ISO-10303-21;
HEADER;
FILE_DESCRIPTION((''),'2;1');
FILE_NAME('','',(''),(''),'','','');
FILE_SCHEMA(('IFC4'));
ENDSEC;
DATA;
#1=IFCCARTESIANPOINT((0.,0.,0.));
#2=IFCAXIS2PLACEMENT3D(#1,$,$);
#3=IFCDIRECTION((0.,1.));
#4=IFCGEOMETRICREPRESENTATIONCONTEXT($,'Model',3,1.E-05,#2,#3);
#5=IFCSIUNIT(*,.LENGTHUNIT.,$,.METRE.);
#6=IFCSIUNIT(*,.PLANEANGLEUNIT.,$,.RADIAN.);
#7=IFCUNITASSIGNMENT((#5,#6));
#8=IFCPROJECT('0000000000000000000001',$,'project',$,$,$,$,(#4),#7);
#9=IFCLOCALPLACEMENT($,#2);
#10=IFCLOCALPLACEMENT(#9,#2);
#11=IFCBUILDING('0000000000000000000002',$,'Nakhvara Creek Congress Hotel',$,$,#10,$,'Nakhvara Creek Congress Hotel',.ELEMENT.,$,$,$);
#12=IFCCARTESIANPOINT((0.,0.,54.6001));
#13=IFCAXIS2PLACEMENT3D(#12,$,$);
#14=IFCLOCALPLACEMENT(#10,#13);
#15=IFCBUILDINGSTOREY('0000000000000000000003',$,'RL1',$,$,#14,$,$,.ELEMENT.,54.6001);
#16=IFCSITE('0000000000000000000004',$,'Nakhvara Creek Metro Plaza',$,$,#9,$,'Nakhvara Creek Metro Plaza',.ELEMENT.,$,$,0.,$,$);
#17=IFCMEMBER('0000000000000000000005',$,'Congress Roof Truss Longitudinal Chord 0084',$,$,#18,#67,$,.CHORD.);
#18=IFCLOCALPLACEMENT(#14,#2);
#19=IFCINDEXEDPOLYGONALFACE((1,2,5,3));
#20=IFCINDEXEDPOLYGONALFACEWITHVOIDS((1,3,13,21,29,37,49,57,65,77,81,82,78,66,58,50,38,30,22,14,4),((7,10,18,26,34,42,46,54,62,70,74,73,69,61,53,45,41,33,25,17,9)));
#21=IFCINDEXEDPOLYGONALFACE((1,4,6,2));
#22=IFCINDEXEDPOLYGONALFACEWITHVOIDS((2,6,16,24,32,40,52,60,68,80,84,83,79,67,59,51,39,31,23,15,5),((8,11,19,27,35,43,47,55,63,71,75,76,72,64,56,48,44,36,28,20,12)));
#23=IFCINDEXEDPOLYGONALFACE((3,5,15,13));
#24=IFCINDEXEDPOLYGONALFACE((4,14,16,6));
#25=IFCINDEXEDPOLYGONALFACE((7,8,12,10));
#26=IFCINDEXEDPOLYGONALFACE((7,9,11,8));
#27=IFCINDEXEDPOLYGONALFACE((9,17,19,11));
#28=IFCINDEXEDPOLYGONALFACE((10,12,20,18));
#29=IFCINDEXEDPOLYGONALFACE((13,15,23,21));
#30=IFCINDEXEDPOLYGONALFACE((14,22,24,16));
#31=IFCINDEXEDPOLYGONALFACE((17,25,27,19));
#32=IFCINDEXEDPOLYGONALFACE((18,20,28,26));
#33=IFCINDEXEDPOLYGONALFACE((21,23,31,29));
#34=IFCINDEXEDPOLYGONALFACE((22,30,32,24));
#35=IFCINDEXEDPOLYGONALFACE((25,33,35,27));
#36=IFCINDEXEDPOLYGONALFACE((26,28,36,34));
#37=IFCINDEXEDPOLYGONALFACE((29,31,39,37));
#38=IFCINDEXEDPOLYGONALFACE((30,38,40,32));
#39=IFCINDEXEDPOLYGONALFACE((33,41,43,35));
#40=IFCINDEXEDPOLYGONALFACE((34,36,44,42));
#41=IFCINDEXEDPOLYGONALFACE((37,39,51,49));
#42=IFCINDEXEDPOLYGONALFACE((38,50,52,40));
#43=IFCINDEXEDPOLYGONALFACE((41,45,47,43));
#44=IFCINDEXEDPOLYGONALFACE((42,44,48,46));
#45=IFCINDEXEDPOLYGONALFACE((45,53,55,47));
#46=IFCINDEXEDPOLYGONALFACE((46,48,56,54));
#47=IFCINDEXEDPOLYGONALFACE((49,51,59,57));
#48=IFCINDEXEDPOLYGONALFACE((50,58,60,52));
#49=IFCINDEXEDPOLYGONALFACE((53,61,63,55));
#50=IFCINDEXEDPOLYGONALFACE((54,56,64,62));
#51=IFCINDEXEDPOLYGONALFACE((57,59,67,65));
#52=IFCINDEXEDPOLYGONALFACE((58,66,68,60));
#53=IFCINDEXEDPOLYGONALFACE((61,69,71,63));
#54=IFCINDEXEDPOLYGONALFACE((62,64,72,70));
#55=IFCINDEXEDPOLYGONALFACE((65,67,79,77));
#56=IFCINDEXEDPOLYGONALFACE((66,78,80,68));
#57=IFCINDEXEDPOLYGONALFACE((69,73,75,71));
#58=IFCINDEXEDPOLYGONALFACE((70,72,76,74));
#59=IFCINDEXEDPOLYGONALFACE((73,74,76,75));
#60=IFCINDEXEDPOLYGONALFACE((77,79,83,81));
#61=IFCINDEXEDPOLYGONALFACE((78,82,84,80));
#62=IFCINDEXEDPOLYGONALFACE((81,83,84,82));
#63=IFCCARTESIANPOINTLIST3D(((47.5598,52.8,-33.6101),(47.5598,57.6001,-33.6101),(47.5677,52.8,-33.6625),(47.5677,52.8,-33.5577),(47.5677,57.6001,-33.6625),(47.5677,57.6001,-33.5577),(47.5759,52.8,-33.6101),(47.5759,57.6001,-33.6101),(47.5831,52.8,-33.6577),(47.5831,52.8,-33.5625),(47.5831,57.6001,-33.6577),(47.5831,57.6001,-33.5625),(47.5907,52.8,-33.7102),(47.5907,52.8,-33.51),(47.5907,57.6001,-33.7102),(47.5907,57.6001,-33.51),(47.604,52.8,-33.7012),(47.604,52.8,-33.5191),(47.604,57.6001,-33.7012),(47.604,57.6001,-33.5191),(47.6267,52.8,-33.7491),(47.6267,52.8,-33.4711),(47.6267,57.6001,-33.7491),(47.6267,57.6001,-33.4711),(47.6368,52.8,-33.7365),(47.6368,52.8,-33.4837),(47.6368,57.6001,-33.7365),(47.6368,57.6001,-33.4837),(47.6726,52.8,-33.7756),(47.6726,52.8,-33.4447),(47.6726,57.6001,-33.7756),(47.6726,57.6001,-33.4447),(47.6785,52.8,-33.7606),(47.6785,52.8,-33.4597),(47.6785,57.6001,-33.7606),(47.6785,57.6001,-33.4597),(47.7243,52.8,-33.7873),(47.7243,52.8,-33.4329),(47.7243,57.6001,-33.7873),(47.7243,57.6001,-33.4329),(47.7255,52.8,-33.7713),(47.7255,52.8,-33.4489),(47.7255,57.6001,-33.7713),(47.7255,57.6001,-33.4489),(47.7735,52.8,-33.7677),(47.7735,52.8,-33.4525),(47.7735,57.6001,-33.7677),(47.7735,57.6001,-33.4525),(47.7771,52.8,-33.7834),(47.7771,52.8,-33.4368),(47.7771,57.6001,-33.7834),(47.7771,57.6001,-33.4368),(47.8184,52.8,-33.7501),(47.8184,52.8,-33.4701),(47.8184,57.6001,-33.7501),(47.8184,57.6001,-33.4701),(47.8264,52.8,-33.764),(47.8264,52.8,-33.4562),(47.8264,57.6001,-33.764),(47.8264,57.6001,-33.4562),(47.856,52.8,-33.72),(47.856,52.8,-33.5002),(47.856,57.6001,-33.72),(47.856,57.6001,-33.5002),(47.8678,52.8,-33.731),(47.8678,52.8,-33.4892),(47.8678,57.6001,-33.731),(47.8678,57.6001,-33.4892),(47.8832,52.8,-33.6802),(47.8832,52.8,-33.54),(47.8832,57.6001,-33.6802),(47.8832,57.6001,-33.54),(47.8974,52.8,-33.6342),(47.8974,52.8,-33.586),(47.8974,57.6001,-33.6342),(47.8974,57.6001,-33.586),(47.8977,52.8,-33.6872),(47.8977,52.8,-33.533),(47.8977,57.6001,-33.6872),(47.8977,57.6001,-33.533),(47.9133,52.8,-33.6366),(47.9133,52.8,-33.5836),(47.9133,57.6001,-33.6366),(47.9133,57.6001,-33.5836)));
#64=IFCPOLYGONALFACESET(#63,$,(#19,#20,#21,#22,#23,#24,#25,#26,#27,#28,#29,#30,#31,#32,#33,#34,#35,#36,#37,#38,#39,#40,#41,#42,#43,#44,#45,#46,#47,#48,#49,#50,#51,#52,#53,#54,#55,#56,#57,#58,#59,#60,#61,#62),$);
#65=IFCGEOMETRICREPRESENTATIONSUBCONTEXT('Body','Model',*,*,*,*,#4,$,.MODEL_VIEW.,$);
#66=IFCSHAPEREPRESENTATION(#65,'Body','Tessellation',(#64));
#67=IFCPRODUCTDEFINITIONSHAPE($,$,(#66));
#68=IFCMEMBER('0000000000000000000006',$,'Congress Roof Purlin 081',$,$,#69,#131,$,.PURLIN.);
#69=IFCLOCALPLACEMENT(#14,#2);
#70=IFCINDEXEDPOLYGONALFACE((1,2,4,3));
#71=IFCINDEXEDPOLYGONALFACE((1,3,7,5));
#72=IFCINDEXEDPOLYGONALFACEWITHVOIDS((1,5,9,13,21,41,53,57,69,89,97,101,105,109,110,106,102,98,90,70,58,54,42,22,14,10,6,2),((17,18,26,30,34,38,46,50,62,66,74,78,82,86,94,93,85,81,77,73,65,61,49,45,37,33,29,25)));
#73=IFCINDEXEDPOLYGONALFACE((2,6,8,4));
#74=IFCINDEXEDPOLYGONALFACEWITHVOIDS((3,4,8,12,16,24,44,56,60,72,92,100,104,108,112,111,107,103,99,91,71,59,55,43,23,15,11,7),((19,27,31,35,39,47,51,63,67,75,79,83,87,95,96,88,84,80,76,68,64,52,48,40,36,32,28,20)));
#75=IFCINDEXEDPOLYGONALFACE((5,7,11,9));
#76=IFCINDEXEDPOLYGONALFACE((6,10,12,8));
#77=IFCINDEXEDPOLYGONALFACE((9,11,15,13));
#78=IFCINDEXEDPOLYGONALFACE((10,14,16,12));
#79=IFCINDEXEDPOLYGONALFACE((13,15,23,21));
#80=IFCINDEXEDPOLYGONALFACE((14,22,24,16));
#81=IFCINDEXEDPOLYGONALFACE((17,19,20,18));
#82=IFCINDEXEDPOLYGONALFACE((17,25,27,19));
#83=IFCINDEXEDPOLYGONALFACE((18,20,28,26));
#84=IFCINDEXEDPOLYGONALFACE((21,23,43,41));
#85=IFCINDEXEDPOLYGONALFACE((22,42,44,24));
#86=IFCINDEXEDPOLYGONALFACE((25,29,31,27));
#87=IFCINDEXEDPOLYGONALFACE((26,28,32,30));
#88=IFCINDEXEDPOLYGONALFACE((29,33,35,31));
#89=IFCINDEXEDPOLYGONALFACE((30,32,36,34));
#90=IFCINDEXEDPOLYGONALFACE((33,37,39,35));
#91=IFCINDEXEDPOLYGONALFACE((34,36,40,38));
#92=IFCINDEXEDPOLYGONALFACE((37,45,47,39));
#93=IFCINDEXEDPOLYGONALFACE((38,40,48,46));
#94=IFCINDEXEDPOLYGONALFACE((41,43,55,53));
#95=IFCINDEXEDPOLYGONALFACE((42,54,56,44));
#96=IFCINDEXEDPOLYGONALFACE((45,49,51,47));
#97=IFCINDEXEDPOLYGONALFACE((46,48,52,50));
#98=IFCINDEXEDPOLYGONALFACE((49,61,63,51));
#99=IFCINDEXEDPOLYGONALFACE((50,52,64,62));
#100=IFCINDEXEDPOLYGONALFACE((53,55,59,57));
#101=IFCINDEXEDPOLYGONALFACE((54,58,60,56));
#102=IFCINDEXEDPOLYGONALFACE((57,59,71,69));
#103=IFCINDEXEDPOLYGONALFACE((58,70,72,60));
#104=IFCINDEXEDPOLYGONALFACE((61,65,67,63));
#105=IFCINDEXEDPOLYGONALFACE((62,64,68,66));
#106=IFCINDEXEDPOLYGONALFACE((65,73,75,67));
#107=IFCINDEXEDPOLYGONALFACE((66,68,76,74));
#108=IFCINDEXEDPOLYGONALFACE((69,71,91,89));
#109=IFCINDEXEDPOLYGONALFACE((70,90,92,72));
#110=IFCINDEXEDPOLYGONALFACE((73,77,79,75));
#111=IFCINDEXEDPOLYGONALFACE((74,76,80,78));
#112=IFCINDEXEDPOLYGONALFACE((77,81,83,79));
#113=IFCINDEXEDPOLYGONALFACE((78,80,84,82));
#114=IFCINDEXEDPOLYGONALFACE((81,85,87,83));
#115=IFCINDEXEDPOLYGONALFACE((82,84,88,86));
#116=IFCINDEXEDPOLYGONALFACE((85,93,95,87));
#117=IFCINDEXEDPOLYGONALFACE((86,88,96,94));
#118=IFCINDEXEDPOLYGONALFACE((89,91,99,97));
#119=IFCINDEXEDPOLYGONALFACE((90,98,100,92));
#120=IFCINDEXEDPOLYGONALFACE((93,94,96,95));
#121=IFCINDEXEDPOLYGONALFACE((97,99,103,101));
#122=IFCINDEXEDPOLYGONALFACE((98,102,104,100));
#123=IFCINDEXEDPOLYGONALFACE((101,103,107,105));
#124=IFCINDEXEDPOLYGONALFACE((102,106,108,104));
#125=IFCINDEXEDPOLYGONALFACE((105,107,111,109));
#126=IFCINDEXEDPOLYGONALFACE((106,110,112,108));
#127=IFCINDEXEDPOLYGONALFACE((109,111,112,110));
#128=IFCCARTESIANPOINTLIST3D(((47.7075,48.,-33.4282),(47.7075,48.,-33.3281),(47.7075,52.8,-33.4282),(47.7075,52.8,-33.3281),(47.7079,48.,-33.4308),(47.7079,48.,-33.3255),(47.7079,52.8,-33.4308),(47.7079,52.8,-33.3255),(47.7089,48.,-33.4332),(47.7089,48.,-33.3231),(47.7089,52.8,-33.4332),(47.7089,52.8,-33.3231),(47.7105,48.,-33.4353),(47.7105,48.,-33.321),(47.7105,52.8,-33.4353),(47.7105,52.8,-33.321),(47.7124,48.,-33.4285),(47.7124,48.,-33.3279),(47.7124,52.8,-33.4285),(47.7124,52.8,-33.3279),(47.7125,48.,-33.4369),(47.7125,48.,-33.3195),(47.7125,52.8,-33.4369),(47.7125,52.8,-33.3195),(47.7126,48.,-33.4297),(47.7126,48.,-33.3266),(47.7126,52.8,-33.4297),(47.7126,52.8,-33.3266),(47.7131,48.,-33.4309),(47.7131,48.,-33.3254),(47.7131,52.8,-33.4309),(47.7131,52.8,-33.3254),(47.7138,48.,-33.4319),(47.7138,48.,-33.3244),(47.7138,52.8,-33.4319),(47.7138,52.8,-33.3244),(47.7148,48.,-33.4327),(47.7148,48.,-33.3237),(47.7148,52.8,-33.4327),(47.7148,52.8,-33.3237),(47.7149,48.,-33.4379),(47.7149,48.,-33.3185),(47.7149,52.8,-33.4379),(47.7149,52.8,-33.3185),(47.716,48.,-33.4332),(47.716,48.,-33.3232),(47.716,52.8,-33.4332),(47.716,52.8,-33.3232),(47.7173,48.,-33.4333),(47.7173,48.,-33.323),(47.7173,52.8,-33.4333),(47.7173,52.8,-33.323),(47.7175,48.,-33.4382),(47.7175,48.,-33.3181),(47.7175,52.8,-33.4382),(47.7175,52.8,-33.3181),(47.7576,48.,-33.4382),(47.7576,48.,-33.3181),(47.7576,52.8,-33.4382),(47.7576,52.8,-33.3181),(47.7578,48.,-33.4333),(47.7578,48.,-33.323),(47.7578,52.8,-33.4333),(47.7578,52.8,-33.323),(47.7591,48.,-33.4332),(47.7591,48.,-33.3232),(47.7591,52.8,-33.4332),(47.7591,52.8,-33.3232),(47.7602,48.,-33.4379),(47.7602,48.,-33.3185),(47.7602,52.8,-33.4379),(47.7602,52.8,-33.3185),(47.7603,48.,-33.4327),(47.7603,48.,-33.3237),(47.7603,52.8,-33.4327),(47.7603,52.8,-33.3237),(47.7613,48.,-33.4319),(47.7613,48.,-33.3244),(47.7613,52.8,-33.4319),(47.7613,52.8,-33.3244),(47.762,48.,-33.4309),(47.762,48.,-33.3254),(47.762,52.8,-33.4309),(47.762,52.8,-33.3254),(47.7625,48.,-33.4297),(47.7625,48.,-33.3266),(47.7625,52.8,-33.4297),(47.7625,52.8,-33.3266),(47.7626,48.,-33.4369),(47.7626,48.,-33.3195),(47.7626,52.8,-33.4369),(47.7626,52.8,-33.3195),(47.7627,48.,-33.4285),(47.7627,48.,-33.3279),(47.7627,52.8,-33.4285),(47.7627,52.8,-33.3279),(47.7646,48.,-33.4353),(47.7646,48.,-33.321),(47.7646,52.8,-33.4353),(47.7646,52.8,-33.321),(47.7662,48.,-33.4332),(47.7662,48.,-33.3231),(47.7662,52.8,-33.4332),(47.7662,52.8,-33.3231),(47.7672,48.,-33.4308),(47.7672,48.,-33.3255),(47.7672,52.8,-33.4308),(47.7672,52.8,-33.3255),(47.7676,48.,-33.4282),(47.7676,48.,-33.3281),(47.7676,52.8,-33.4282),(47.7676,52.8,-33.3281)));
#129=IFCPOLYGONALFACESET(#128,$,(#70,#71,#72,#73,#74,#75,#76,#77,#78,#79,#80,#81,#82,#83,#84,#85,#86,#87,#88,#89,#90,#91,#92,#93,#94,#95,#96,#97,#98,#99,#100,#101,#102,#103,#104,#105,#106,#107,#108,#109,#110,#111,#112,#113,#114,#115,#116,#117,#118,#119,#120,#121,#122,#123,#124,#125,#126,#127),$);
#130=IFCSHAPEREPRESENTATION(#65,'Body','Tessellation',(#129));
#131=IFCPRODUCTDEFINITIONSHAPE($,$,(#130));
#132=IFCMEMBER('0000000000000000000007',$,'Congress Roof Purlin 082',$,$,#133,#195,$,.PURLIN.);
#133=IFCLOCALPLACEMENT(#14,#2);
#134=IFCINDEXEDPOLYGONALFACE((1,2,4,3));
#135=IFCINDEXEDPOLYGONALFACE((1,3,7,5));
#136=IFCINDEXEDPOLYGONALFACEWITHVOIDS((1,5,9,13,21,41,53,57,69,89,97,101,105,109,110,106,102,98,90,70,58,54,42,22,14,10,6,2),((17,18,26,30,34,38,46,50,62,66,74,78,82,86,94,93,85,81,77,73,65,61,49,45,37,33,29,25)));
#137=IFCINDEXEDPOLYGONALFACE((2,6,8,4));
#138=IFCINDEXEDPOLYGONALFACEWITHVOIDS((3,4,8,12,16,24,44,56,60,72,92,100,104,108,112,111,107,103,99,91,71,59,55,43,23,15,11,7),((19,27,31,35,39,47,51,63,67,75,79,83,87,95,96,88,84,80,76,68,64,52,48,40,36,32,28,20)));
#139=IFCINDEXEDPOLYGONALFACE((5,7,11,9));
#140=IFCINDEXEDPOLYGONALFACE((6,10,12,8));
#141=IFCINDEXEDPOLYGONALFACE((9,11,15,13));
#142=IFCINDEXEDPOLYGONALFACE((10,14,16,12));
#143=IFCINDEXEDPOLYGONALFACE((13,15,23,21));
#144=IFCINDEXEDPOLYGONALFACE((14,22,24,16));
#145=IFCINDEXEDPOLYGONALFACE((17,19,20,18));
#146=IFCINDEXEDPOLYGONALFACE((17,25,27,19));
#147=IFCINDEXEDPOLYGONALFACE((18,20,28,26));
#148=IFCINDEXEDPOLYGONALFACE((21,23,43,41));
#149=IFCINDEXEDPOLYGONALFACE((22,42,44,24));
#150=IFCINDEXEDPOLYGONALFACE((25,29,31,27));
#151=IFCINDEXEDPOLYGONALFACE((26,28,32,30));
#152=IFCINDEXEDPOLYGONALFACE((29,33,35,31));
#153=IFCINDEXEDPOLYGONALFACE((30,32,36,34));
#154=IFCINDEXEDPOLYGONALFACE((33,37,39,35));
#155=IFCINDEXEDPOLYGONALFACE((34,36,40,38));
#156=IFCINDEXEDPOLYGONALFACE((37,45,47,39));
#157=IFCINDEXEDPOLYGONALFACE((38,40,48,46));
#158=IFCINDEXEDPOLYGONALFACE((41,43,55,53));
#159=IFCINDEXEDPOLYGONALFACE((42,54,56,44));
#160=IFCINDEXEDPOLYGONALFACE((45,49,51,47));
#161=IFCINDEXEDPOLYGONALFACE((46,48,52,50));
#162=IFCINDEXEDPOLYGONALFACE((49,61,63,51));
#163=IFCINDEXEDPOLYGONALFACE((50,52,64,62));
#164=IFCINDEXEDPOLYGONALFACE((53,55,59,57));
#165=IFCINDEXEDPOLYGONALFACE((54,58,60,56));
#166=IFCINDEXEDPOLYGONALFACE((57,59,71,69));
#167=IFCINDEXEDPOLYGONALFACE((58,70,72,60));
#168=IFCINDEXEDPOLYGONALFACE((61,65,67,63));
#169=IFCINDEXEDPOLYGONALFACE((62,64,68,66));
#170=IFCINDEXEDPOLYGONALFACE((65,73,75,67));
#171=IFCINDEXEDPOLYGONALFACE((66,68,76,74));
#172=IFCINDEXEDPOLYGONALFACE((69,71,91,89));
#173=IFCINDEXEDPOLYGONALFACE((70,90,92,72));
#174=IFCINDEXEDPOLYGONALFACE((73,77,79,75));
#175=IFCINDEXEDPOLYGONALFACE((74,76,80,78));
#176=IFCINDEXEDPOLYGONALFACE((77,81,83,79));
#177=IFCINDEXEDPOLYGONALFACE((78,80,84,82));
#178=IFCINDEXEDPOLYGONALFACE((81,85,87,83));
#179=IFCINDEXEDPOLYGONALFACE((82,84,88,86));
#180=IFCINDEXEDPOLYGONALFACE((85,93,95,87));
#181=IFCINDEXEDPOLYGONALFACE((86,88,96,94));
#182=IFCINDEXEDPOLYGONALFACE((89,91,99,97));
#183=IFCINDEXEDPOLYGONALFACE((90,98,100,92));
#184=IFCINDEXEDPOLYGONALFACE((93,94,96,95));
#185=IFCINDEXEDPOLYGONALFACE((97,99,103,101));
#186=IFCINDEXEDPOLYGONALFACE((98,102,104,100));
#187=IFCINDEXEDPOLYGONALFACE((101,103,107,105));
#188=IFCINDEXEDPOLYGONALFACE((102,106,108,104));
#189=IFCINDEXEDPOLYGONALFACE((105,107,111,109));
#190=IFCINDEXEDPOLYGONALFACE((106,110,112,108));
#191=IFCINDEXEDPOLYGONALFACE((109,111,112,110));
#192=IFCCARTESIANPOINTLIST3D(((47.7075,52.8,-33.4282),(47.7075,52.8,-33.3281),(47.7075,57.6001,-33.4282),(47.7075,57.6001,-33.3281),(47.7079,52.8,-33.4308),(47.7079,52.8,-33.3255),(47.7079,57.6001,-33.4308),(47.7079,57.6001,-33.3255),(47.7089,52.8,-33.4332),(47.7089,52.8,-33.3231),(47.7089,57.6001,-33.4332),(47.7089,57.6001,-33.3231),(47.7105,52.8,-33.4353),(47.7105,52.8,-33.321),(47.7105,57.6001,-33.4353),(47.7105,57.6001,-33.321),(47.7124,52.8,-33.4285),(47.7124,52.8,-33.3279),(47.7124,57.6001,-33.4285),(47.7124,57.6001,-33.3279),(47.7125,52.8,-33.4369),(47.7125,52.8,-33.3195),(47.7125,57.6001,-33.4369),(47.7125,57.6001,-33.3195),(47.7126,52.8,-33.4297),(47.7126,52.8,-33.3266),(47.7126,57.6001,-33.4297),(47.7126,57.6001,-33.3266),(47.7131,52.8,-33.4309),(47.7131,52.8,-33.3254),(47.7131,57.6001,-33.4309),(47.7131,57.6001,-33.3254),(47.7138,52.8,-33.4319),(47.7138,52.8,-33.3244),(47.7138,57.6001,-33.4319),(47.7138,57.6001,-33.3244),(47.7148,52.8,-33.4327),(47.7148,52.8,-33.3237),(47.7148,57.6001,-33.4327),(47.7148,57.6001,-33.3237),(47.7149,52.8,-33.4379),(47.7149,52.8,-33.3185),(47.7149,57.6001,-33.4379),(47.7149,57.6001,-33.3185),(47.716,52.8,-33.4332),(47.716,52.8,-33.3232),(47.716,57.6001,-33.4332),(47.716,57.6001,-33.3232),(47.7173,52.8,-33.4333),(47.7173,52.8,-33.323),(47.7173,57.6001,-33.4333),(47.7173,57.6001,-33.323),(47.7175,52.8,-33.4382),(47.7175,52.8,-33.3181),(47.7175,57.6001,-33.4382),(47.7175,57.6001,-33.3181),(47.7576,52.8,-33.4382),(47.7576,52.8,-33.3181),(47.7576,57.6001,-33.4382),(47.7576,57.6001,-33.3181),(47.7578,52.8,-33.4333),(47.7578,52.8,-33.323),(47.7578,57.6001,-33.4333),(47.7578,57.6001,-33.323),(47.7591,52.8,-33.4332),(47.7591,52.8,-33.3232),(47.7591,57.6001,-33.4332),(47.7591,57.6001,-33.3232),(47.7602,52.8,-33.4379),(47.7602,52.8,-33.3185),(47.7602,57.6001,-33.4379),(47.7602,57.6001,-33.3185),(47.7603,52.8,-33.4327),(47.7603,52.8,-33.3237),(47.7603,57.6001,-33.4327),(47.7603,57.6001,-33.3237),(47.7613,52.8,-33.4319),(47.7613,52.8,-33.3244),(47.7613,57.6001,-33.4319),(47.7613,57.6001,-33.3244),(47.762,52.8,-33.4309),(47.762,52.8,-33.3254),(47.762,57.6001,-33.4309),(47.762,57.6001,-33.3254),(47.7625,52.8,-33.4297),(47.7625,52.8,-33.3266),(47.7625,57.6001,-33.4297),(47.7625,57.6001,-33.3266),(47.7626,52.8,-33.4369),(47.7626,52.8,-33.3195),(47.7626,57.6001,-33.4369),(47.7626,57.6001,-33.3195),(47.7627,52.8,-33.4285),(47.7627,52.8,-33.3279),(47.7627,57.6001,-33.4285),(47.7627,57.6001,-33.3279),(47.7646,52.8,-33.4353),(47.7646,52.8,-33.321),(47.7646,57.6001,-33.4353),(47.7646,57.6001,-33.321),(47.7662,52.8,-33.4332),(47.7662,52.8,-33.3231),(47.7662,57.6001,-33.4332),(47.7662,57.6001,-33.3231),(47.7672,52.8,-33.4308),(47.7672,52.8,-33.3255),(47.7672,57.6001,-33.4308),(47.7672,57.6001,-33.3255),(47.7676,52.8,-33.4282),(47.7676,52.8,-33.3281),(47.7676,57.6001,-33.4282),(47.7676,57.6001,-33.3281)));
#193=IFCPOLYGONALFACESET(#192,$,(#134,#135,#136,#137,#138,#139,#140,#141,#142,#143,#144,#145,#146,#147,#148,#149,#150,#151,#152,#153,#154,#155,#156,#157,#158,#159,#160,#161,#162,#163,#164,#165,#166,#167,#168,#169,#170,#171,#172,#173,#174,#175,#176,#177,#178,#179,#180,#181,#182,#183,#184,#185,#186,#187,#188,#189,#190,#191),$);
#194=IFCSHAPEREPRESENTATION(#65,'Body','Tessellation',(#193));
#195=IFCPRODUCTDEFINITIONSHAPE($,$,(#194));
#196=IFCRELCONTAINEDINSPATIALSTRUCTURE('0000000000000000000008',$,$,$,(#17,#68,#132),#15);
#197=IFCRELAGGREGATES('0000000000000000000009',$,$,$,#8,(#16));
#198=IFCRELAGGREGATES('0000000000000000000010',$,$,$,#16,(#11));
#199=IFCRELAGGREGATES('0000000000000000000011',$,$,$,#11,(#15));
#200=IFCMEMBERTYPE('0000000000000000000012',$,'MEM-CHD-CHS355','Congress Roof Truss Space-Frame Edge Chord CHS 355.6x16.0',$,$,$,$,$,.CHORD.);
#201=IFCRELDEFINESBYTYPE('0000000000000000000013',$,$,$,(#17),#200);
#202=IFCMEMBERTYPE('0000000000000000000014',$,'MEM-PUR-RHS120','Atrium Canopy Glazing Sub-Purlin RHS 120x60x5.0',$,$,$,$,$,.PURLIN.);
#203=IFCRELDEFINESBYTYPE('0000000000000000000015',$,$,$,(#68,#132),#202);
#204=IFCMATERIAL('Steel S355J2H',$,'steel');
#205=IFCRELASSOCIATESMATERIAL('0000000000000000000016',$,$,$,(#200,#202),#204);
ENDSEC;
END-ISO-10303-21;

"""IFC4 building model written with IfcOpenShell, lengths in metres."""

from ifc_helpers import new_model, si_unit, direction, frame, origin, origin_2d, place, context, subcontext, project, spatial, hollow_rectangle, hollow_circle, extrude, material, material_profile, profile_set, type_object, element, save


model = new_model("IFC4")

# Units and contexts
model_context = context("Model", 3, precision=1e-05, world=origin(), true_north=direction((0.0, 1.0)))
body_context = subcontext(model_context, "Body", "Model", "MODEL_VIEW")
ifc_project = project(units=[si_unit("LENGTHUNIT", "METRE"), si_unit("PLANEANGLEUNIT", "RADIAN")], contexts=[model_context])

# Site, building, storey
site_placement = place(None, origin())
site = spatial("IfcSite", under=ifc_project, at=site_placement, Name="Nakhvara Creek Metro Plaza", LongName="Nakhvara Creek Metro Plaza", CompositionType="ELEMENT", RefElevation=0.0)
building_placement = place(site_placement, origin())
building = spatial("IfcBuilding", under=site, at=building_placement, Name="Nakhvara Creek Congress Hotel", LongName="Nakhvara Creek Congress Hotel", CompositionType="ELEMENT")
storey_placement = place(building_placement, frame((0.0, 0.0, 54.6001)))
storey = spatial("IfcBuildingStorey", under=building, at=storey_placement, Name="RL1", CompositionType="ELEMENT", Elevation=54.6001)

# Members
ifc_material_1 = material(Name="Steel S355J2H", Category="steel")
ifc_material_profile_1 = material_profile(ifc_material_1, hollow_circle(Radius=0.1777, WallThickness=0.0161, at=origin_2d()), Name="CHS 355.6x16.0", Category="LoadBearing")
ifc_profile_set_1 = profile_set([ifc_material_profile_1], Name="Steel S355J2H")
member_type_1 = type_object("IfcMemberType", Name="MEM-CHD-CHS355", Description="Congress Roof Truss Space-Frame Edge Chord CHS 355.6x16.0", PredefinedType="CHORD", material=ifc_profile_set_1)
for number, where, z_axis, x_axis, name in (
    (1, (47.7375, 52.8, -33.6101), (0.0, 1.0, 0.0), (-1.0, 0.0, 0.0), "Congress Roof Truss Longitudinal Chord 0084"),
):
    element("IfcMember", number, at=place(storey_placement, frame(where, z_axis=z_axis, x_axis=x_axis)), inside=storey, type_object=member_type_1, Name=name, PredefinedType="CHORD", context=body_context, shape_type="SweptSolid", body=[
        extrude(hollow_circle(Radius=0.1777, WallThickness=0.0161, at=origin_2d()), origin(), (0.0, 0.0, 1.0), 4.8),
    ])
ifc_material_profile_2 = material_profile(ifc_material_1, hollow_rectangle(XDim=0.0601, YDim=0.1201, WallThickness=0.0049, InnerFilletRadius=0.0049, OuterFilletRadius=0.01, at=origin_2d()), Name="RHS 120x60x5.0", Category="LoadBearing")
ifc_profile_set_2 = profile_set([ifc_material_profile_2], Name="Steel S355J2H")
member_type_2 = type_object("IfcMemberType", Name="MEM-PUR-RHS120", Description="Atrium Canopy Glazing Sub-Purlin RHS 120x60x5.0", PredefinedType="PURLIN", material=ifc_profile_set_2)
for number, where, z_axis, x_axis, name in (
    (2, (47.7375, 48.0, -33.3782), (0.0, 1.0, 0.0), (-1.0, 0.0, 0.0), "Congress Roof Purlin 081"),
    (3, (47.7375, 52.8, -33.3782), (0.0, 1.0, 0.0), (-1.0, 0.0, 0.0), "Congress Roof Purlin 082"),
):
    element("IfcMember", number, at=place(storey_placement, frame(where, z_axis=z_axis, x_axis=x_axis)), inside=storey, type_object=member_type_2, Name=name, PredefinedType="PURLIN", context=body_context, shape_type="SweptSolid", body=[
        extrude(hollow_rectangle(XDim=0.0601, YDim=0.1201, WallThickness=0.0049, InnerFilletRadius=0.0049, OuterFilletRadius=0.01, at=origin_2d()), origin(), (0.0, 0.0, 1.0), 4.8),
    ])

save(model, "model.ifc")
